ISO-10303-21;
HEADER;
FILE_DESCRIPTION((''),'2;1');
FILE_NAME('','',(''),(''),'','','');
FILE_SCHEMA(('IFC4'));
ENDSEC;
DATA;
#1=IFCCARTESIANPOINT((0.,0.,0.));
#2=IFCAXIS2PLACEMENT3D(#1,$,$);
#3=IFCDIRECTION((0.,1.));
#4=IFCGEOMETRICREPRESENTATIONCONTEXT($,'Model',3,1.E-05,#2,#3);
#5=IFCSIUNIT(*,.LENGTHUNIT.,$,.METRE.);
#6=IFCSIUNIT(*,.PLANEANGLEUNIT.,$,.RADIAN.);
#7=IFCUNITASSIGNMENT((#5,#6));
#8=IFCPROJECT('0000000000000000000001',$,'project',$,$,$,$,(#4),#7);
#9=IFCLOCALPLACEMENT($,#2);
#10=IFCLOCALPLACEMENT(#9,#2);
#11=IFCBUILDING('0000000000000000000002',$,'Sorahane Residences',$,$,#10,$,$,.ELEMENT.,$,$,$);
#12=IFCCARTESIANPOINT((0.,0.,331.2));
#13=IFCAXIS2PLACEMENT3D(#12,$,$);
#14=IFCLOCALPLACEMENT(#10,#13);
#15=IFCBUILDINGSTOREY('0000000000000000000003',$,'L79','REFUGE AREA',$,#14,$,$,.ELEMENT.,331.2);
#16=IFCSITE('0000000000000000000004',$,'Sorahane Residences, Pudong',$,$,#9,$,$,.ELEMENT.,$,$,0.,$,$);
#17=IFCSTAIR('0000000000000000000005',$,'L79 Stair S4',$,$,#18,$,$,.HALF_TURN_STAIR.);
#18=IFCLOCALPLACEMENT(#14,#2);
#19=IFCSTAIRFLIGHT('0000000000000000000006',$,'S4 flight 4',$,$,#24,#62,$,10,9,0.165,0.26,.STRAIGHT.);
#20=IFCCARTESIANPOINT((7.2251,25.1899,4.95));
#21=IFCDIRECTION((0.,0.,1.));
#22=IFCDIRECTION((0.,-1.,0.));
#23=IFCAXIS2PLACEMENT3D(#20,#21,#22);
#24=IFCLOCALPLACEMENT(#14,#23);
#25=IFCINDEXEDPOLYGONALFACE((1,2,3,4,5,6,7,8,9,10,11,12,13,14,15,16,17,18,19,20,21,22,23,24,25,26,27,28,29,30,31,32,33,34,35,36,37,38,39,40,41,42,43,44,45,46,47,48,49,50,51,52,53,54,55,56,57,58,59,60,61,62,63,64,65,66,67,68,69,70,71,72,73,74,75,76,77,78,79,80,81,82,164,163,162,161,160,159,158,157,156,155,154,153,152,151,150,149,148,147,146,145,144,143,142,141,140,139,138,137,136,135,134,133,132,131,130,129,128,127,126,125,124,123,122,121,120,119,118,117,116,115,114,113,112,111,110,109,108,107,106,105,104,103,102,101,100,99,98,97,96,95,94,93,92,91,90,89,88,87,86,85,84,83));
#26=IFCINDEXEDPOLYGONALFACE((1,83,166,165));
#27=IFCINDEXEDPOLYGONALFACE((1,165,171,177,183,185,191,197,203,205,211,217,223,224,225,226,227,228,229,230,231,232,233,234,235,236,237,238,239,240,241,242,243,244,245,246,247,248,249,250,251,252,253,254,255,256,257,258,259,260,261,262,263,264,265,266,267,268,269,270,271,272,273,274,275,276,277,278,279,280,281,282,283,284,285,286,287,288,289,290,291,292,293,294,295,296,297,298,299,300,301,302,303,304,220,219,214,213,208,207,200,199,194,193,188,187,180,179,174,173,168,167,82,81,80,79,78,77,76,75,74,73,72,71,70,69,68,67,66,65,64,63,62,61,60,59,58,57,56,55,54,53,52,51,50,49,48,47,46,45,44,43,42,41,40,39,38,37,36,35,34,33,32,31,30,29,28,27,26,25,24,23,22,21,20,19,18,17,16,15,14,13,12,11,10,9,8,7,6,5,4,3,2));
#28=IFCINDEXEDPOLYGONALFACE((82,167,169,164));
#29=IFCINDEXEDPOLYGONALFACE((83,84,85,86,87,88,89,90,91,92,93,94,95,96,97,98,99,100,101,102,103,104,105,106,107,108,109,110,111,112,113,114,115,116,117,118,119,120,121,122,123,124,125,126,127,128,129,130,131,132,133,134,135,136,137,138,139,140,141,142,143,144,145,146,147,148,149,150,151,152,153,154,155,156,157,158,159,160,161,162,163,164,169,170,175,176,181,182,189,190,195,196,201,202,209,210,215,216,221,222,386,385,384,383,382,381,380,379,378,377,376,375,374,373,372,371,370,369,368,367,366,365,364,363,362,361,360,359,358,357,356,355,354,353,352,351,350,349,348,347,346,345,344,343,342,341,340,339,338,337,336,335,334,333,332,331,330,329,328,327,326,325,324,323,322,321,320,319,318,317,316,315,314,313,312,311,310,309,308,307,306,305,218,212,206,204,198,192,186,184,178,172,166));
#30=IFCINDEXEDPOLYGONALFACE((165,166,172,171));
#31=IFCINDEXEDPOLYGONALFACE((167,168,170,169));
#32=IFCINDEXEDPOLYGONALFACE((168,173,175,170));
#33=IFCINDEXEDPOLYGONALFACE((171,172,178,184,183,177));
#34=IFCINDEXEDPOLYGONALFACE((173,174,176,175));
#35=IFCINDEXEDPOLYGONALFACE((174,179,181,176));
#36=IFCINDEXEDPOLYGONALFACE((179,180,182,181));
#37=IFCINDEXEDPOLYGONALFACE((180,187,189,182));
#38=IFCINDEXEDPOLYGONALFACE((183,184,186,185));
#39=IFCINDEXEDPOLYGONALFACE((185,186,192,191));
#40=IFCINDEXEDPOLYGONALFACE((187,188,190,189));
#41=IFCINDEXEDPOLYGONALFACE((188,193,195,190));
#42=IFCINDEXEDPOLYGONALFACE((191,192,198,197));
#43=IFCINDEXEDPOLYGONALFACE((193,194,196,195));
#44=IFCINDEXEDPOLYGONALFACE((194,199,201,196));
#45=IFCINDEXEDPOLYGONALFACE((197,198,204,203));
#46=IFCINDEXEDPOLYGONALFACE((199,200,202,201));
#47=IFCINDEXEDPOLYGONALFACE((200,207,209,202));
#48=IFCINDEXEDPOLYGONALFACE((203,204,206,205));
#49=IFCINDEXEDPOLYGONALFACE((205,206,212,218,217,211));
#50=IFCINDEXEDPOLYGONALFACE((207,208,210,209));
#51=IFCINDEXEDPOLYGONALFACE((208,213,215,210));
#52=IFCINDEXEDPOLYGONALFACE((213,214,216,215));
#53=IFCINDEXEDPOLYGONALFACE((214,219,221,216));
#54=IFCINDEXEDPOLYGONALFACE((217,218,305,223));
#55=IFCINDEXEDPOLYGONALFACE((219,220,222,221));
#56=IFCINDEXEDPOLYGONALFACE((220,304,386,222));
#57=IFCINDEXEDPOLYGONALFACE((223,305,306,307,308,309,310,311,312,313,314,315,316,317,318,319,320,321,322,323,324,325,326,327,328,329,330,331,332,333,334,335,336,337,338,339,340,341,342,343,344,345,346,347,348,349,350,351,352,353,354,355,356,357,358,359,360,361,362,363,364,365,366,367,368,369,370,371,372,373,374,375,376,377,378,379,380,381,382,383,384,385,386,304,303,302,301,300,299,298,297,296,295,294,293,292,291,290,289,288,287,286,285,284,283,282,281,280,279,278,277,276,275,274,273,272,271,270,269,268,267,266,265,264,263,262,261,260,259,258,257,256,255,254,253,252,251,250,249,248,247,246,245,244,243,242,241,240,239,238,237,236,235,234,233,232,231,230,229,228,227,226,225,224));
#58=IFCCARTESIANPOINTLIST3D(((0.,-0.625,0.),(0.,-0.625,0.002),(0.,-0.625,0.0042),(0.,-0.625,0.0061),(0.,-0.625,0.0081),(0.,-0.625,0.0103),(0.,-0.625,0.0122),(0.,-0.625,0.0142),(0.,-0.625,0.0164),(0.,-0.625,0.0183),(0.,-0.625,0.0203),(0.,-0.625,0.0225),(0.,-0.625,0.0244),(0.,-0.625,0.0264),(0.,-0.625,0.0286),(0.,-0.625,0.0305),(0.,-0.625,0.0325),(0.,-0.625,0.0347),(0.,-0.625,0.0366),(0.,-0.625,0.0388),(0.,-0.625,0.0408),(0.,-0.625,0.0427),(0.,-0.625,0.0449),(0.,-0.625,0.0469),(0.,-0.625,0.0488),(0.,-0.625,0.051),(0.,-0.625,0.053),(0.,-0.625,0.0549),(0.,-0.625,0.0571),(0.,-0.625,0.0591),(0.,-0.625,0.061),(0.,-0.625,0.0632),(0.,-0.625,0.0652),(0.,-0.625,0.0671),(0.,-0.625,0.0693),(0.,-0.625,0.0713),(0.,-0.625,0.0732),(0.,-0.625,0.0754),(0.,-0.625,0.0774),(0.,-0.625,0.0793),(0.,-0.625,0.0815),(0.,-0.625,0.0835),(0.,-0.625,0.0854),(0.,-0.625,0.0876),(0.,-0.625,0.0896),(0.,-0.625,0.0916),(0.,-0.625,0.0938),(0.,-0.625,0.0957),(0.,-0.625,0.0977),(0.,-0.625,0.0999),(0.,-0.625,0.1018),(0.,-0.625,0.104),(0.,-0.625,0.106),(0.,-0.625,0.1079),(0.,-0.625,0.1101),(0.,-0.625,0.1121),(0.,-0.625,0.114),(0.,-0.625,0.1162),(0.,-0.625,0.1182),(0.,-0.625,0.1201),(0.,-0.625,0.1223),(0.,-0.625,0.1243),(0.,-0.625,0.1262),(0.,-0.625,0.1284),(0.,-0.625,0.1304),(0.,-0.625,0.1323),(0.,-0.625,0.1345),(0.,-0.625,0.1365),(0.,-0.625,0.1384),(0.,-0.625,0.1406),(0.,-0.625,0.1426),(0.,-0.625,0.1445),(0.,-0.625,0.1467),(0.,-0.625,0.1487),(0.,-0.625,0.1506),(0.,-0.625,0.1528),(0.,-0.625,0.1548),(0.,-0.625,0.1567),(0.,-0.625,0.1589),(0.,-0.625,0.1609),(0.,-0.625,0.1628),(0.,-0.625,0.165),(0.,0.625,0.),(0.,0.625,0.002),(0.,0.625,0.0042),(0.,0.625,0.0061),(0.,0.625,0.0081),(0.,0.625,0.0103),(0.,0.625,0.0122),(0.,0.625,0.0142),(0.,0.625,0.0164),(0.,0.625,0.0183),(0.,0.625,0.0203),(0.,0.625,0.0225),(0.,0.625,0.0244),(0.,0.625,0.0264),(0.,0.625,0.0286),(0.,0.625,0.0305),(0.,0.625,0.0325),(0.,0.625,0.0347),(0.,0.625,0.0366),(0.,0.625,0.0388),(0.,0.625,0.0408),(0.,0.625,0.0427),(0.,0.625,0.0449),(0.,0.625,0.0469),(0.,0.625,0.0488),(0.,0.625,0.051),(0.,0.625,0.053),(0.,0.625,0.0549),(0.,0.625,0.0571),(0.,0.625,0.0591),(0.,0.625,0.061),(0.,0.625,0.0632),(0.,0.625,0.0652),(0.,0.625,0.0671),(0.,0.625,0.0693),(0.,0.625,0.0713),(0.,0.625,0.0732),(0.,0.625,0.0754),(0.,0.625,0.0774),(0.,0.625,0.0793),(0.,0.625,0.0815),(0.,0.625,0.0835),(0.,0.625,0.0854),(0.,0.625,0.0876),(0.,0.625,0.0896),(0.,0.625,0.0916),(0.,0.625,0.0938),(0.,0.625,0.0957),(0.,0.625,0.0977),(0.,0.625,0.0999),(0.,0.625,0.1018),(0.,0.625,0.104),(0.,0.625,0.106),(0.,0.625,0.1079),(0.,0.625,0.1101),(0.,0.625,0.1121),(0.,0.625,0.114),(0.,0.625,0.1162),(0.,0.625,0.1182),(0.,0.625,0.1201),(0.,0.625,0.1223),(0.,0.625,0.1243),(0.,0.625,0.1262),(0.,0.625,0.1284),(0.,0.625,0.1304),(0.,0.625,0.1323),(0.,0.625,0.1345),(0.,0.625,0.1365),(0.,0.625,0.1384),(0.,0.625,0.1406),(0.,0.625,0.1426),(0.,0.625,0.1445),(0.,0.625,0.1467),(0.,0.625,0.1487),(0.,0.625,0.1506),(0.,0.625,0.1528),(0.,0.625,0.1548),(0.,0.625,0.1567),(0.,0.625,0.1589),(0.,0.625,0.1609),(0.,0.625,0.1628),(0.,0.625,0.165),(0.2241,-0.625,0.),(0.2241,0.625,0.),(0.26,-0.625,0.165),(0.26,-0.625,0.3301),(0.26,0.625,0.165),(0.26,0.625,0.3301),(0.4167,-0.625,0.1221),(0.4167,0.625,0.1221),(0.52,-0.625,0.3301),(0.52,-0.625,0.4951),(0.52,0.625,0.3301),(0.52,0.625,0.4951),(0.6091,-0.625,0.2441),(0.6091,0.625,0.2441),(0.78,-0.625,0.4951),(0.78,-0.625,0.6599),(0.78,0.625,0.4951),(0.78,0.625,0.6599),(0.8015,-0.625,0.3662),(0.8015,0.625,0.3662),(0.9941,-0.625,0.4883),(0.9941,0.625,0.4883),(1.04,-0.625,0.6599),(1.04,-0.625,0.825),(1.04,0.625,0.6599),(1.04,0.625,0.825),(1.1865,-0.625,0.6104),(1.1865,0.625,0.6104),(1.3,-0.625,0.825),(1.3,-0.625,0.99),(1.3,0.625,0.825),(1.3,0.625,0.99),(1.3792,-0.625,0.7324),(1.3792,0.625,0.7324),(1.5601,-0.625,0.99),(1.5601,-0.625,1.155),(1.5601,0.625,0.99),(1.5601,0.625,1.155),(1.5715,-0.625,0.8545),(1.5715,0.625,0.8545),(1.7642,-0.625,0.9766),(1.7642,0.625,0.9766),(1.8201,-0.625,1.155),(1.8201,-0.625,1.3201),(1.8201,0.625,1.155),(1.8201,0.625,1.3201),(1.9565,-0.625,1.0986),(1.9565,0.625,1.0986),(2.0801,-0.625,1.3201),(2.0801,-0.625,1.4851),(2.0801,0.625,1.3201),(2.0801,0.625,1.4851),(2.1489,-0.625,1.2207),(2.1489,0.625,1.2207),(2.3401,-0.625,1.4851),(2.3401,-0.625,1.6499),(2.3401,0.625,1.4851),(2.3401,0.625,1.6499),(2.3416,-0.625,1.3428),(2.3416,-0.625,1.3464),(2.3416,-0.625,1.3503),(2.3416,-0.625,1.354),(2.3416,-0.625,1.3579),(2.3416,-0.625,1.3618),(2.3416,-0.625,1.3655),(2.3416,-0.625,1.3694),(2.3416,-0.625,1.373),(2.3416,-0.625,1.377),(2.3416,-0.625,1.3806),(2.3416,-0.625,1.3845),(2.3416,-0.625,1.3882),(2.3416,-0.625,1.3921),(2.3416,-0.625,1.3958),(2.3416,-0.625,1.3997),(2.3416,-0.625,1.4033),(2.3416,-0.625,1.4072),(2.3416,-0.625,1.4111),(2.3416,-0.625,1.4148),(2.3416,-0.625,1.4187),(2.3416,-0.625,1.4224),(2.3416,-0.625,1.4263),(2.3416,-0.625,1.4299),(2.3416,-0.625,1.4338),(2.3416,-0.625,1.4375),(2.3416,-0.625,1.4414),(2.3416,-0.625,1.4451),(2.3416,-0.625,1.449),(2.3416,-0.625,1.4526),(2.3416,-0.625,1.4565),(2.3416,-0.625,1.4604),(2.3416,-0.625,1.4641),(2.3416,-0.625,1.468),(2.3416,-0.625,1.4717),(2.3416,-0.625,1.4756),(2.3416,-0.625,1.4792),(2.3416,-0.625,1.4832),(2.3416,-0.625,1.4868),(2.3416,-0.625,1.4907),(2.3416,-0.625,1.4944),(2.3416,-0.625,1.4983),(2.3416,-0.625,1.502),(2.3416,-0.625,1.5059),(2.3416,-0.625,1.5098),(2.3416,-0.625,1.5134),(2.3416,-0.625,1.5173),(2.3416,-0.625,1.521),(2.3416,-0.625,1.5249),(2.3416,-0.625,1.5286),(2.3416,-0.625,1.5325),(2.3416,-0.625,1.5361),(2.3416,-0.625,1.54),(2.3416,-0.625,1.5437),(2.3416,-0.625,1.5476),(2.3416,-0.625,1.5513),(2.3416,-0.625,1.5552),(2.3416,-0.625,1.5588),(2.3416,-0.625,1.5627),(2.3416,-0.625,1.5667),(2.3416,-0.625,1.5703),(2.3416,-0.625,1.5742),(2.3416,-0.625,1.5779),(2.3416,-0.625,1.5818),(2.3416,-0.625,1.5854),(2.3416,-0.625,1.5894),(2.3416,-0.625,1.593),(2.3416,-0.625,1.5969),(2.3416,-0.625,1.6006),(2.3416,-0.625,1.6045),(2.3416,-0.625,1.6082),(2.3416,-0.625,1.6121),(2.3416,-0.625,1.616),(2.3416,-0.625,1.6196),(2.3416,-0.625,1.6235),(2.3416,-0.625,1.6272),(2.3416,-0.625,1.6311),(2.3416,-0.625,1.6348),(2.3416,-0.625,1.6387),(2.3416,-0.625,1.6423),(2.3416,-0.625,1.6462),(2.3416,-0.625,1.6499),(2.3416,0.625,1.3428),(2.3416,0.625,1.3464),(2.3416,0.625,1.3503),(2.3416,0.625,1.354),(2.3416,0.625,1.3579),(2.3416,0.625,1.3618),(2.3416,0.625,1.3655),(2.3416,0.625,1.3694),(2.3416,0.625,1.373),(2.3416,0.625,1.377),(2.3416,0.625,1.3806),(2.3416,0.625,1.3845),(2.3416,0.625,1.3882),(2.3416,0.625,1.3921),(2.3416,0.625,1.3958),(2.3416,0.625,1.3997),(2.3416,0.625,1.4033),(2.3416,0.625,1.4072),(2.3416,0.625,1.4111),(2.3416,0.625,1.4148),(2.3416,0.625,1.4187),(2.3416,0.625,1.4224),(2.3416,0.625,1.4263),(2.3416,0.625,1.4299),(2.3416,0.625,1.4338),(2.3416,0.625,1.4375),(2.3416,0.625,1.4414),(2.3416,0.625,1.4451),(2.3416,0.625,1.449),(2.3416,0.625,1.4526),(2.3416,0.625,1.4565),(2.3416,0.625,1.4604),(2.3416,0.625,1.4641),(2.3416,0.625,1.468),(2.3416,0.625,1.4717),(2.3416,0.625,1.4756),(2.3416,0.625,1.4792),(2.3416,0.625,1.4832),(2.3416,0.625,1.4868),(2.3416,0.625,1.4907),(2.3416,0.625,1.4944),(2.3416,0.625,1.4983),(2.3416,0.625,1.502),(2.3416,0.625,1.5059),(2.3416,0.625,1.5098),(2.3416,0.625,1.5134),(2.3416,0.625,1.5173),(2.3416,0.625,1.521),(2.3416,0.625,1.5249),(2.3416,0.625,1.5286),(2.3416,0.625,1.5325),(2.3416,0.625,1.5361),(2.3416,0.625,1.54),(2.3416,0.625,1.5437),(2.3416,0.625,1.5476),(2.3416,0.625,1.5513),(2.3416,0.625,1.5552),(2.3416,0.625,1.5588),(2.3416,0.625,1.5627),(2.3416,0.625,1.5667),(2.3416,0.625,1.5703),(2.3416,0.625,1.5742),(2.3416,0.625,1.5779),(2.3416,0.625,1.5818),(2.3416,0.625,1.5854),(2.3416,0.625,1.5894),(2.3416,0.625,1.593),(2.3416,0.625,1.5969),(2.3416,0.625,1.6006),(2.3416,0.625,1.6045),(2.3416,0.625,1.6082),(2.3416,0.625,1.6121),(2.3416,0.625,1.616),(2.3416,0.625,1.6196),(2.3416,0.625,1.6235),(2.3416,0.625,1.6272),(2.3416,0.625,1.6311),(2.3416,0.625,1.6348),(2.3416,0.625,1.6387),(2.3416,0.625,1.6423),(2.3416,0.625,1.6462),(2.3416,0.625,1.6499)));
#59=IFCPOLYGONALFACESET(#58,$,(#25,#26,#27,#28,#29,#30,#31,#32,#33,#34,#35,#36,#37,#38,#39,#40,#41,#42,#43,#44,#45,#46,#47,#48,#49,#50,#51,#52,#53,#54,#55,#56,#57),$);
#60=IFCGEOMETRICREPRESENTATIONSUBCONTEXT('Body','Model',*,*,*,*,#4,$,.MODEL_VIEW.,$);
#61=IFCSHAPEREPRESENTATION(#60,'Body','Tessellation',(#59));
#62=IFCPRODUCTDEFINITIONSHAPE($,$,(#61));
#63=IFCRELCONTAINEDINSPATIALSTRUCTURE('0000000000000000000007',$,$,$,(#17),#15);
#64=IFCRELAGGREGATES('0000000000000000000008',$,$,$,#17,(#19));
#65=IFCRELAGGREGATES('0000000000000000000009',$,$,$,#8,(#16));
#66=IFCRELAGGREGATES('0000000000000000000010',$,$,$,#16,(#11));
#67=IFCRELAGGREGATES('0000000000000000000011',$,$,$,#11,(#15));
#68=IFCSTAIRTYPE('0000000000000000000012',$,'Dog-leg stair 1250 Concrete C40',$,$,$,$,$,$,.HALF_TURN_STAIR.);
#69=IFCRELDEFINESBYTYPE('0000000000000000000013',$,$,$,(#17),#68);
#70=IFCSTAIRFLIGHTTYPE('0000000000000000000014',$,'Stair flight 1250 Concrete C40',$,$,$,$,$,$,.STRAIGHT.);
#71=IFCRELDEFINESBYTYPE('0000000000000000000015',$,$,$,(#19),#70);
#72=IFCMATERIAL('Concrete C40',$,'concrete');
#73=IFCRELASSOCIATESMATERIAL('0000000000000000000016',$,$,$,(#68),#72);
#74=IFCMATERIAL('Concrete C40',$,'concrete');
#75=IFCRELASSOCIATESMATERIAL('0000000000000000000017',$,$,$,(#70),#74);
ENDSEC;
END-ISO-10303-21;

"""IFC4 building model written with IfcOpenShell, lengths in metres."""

from ifc_helpers import new_model, si_unit, direction, frame, origin, place, context, subcontext, project, spatial, polyline, outline, extrude, material, type_object, element, aggregate, save


model = new_model("IFC4")

# Units and contexts
model_context = context("Model", 3, precision=1e-05, world=origin(), true_north=direction((0.0, 1.0)))
body_context = subcontext(model_context, "Body", "Model", "MODEL_VIEW")
ifc_project = project(units=[si_unit("LENGTHUNIT", "METRE"), si_unit("PLANEANGLEUNIT", "RADIAN")], contexts=[model_context])

# Site, building, storey
site_placement = place(None, origin())
site = spatial("IfcSite", under=ifc_project, at=site_placement, Name="Sorahane Residences, Pudong", CompositionType="ELEMENT", RefElevation=0.0)
building_placement = place(site_placement, origin())
building = spatial("IfcBuilding", under=site, at=building_placement, Name="Sorahane Residences", CompositionType="ELEMENT")
storey_placement = place(building_placement, frame((0.0, 0.0, 331.2)))
storey = spatial("IfcBuildingStorey", under=building, at=storey_placement, Name="L79", Description="REFUGE AREA", CompositionType="ELEMENT", Elevation=331.2)

# Shared definitions
ifc_material_1 = material(Name="Concrete C40", Category="concrete")
stair_type = type_object("IfcStairType", Name="Dog-leg stair 1250 Concrete C40", PredefinedType="HALF_TURN_STAIR", material=ifc_material_1)
ifc_material_2 = material(Name="Concrete C40", Category="concrete")
stair_flight_type = type_object("IfcStairFlightType", Name="Stair flight 1250 Concrete C40", PredefinedType="STRAIGHT", material=ifc_material_2)

# Stair, stair flight
stair_1_placement = place(storey_placement, origin())
stair_1 = element("IfcStair", 1, at=stair_1_placement, inside=storey, type_object=stair_type, Name="L79 Stair S4", PredefinedType="HALF_TURN_STAIR")
stair_flight_1_placement = place(storey_placement, frame((7.2251, 25.1899, 4.95), z_axis=(0.0, 0.0, 1.0), x_axis=(0.0, -1.0, 0.0)))
stair_flight_1 = element("IfcStairFlight", 2, at=stair_flight_1_placement, type_object=stair_flight_type, Name="S4 flight 4", NumberOfRisers=10, NumberOfTreads=9, PredefinedType="STRAIGHT", RiserHeight=0.165, TreadLength=0.26, context=body_context, shape_type="SweptSolid", body=[
    extrude(outline(polyline([(0.0, 0.0), (0.0, 0.002), (0.0, 0.0042), (0.0, 0.0061), (0.0, 0.0081), (0.0, 0.0103), (0.0, 0.0122), (0.0, 0.0142), (0.0, 0.0164), (0.0, 0.0183), (0.0, 0.0203), (0.0, 0.0225), (0.0, 0.0244), (0.0, 0.0264), (0.0, 0.0286), (0.0, 0.0305), (0.0, 0.0325), (0.0, 0.0347), (0.0, 0.0366), (0.0, 0.0388), (0.0, 0.0408), (0.0, 0.0427), (0.0, 0.0449), (0.0, 0.0469), (0.0, 0.0488), (0.0, 0.051), (0.0, 0.053), (0.0, 0.0549), (0.0, 0.0571), (0.0, 0.0591), (0.0, 0.061), (0.0, 0.0632), (0.0, 0.0652), (0.0, 0.0671), (0.0, 0.0693), (0.0, 0.0713), (0.0, 0.0732), (0.0, 0.0754), (0.0, 0.0774), (0.0, 0.0793), (0.0, 0.0815), (0.0, 0.0835), (0.0, 0.0854), (0.0, 0.0876), (0.0, 0.0896), (0.0, 0.0916), (0.0, 0.0938), (0.0, 0.0957), (0.0, 0.0977), (0.0, 0.0999), (0.0, 0.1018), (0.0, 0.104), (0.0, 0.106), (0.0, 0.1079), (0.0, 0.1101), (0.0, 0.1121), (0.0, 0.114), (0.0, 0.1162), (0.0, 0.1182), (0.0, 0.1201), (0.0, 0.1223), (0.0, 0.1243), (0.0, 0.1262), (0.0, 0.1284), (0.0, 0.1304), (0.0, 0.1323), (0.0, 0.1345), (0.0, 0.1365), (0.0, 0.1384), (0.0, 0.1406), (0.0, 0.1426), (0.0, 0.1445), (0.0, 0.1467), (0.0, 0.1487), (0.0, 0.1506), (0.0, 0.1528), (0.0, 0.1548), (0.0, 0.1567), (0.0, 0.1589), (0.0, 0.1609), (0.0, 0.1628), (0.0, 0.165), (0.26, 0.165), (0.26, 0.3301), (0.52, 0.3301), (0.52, 0.4951), (0.78, 0.4951), (0.78, 0.6599), (1.04, 0.6599), (1.04, 0.825), (1.3, 0.825), (1.3, 0.99), (1.5601, 0.99), (1.5601, 1.155), (1.8201, 1.155), (1.8201, 1.3201), (2.0801, 1.3201), (2.0801, 1.4851), (2.3401, 1.4851), (2.3401, 1.6499), (2.3416, 1.6499), (2.3416, 1.6462), (2.3416, 1.6423), (2.3416, 1.6387), (2.3416, 1.6348), (2.3416, 1.6311), (2.3416, 1.6272), (2.3416, 1.6235), (2.3416, 1.6196), (2.3416, 1.616), (2.3416, 1.6121), (2.3416, 1.6082), (2.3416, 1.6045), (2.3416, 1.6006), (2.3416, 1.5969), (2.3416, 1.593), (2.3416, 1.5894), (2.3416, 1.5854), (2.3416, 1.5818), (2.3416, 1.5779), (2.3416, 1.5742), (2.3416, 1.5703), (2.3416, 1.5667), (2.3416, 1.5627), (2.3416, 1.5588), (2.3416, 1.5552), (2.3416, 1.5513), (2.3416, 1.5476), (2.3416, 1.5437), (2.3416, 1.54), (2.3416, 1.5361), (2.3416, 1.5325), (2.3416, 1.5286), (2.3416, 1.5249), (2.3416, 1.521), (2.3416, 1.5173), (2.3416, 1.5134), (2.3416, 1.5098), (2.3416, 1.5059), (2.3416, 1.502), (2.3416, 1.4983), (2.3416, 1.4944), (2.3416, 1.4907), (2.3416, 1.4868), (2.3416, 1.4832), (2.3416, 1.4792), (2.3416, 1.4756), (2.3416, 1.4717), (2.3416, 1.468), (2.3416, 1.4641), (2.3416, 1.4604), (2.3416, 1.4565), (2.3416, 1.4526), (2.3416, 1.449), (2.3416, 1.4451), (2.3416, 1.4414), (2.3416, 1.4375), (2.3416, 1.4338), (2.3416, 1.4299), (2.3416, 1.4263), (2.3416, 1.4224), (2.3416, 1.4187), (2.3416, 1.4148), (2.3416, 1.4111), (2.3416, 1.4072), (2.3416, 1.4033), (2.3416, 1.3997), (2.3416, 1.3958), (2.3416, 1.3921), (2.3416, 1.3882), (2.3416, 1.3845), (2.3416, 1.3806), (2.3416, 1.377), (2.3416, 1.373), (2.3416, 1.3694), (2.3416, 1.3655), (2.3416, 1.3618), (2.3416, 1.3579), (2.3416, 1.354), (2.3416, 1.3503), (2.3416, 1.3464), (2.3416, 1.3428), (2.1489, 1.2207), (1.9565, 1.0986), (1.7642, 0.9766), (1.5715, 0.8545), (1.3792, 0.7324), (1.1865, 0.6104), (0.9941, 0.4883), (0.8015, 0.3662), (0.6091, 0.2441), (0.4167, 0.1221), (0.2241, 0.0), (0.0, 0.0)])), frame((0.0, 0.625, 0.0), z_axis=(0.0, -1.0, 0.0), x_axis=(1.0, 0.0, 0.0)), (0.0, 0.0, 1.0), 1.25),
])
aggregate(stair_1, [stair_flight_1])

save(model, "model.ifc")
